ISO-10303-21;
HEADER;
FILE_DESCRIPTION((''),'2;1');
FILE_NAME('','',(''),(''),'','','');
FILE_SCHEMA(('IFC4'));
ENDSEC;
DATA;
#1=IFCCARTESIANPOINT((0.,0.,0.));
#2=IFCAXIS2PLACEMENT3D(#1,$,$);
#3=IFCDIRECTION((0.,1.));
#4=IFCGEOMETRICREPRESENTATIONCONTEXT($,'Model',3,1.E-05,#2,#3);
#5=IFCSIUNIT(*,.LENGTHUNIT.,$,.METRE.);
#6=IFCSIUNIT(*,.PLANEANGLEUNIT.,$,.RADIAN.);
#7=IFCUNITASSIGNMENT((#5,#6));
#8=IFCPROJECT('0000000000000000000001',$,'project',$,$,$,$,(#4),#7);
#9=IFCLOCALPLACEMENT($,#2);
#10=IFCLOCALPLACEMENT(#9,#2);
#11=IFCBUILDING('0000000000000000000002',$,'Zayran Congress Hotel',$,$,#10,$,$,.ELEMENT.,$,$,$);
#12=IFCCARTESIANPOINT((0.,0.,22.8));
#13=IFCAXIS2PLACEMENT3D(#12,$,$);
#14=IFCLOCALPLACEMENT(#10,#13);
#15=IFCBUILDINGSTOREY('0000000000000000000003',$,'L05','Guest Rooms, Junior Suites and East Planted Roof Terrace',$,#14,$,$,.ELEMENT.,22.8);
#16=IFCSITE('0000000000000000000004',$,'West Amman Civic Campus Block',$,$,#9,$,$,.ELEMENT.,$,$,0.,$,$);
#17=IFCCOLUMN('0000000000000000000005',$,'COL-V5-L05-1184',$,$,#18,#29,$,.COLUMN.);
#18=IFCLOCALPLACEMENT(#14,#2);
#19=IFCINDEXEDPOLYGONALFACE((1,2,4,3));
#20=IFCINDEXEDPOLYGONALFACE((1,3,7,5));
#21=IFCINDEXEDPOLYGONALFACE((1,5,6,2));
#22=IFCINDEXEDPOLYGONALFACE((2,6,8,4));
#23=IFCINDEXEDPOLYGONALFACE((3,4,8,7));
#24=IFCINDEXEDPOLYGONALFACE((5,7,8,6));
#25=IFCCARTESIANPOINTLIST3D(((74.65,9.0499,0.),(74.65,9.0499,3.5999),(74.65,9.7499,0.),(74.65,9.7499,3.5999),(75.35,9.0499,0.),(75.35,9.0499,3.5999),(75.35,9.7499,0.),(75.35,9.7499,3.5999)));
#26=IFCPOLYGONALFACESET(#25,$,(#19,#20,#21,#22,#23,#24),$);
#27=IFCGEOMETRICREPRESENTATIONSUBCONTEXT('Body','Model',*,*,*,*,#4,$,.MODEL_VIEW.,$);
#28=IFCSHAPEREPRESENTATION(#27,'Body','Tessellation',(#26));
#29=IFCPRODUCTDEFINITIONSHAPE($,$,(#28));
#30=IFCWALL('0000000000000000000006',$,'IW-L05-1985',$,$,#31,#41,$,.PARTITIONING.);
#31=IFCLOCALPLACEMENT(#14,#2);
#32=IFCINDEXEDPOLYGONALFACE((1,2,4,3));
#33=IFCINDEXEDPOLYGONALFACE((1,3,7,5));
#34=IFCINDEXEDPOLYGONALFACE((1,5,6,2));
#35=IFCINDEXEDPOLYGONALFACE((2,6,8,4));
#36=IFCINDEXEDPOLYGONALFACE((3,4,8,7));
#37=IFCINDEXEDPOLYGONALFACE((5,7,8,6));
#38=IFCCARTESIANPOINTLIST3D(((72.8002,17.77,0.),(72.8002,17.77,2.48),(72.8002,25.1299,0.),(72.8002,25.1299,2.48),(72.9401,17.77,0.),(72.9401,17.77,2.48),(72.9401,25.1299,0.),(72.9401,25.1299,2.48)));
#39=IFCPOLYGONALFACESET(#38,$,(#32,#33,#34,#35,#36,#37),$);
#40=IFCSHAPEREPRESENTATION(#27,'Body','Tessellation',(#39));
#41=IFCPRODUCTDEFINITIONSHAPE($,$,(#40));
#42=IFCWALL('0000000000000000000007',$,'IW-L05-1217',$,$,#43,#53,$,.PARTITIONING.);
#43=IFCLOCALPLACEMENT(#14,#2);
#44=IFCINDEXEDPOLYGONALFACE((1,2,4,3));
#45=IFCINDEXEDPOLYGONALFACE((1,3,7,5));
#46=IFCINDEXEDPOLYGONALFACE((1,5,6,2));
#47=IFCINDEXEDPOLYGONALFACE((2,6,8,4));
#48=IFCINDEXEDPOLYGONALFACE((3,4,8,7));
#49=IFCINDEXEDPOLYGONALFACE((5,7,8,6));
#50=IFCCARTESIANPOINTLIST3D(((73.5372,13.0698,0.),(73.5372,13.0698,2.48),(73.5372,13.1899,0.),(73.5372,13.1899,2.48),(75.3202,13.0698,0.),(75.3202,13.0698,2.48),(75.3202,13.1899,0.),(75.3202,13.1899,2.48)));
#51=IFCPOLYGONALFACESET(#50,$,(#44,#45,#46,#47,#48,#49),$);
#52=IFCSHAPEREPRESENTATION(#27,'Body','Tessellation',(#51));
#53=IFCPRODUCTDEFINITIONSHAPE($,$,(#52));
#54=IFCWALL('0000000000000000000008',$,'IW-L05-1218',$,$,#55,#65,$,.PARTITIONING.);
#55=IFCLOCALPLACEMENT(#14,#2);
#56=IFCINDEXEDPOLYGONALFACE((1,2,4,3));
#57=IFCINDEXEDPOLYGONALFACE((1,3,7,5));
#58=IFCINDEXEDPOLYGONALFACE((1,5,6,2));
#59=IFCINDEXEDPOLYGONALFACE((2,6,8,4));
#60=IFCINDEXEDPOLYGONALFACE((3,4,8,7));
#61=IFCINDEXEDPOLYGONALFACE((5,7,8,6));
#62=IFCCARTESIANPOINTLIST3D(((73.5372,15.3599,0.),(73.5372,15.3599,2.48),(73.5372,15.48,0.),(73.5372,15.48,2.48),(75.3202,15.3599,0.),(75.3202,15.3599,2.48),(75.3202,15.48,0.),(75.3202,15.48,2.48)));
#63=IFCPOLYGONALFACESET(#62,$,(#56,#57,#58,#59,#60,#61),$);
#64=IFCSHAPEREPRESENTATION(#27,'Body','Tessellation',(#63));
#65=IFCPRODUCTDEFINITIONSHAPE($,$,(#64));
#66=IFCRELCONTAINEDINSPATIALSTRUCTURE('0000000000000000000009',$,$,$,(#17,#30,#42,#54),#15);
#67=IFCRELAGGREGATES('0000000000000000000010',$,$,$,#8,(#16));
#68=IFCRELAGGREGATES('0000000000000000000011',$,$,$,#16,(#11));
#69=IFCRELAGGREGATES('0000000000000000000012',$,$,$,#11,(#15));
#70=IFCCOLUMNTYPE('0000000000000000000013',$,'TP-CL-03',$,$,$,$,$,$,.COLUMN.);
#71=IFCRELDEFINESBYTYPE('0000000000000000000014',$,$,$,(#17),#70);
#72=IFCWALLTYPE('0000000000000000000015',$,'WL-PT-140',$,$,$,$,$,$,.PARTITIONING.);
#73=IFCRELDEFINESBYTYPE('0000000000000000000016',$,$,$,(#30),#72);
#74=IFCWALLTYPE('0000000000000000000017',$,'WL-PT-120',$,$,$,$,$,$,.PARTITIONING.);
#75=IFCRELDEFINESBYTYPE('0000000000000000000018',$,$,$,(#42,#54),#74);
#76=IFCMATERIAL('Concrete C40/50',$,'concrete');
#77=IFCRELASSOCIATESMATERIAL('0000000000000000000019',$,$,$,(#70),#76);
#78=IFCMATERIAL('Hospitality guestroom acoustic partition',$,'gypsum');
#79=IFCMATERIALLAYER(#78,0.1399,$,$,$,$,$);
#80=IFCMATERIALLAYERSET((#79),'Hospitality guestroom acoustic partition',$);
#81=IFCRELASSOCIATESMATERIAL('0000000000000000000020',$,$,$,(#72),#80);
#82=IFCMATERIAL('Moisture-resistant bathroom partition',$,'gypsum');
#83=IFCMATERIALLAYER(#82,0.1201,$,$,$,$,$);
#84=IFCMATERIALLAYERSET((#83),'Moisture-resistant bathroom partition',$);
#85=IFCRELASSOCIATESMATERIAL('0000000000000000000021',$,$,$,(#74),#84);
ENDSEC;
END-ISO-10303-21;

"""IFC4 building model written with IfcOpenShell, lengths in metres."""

from ifc_helpers import new_model, si_unit, direction, frame, frame_2d, origin, origin_2d, place, context, subcontext, project, spatial, rectangle, extrude, material, layer, layer_set, material_profile, profile_set, type_object, element, save


model = new_model("IFC4")

# Units and contexts
model_context = context("Model", 3, precision=1e-05, world=origin(), true_north=direction((0.0, 1.0)))
body_context = subcontext(model_context, "Body", "Model", "MODEL_VIEW")
ifc_project = project(units=[si_unit("LENGTHUNIT", "METRE"), si_unit("PLANEANGLEUNIT", "RADIAN")], contexts=[model_context])

# Site, building, storey
site_placement = place(None, origin())
site = spatial("IfcSite", under=ifc_project, at=site_placement, Name="West Amman Civic Campus Block", CompositionType="ELEMENT", RefElevation=0.0)
building_placement = place(site_placement, origin())
building = spatial("IfcBuilding", under=site, at=building_placement, Name="Zayran Congress Hotel", CompositionType="ELEMENT")
storey_placement = place(building_placement, frame((0.0, 0.0, 22.8)))
storey = spatial("IfcBuildingStorey", under=building, at=storey_placement, Name="L05", Description="Guest Rooms, Junior Suites and East Planted Roof Terrace", CompositionType="ELEMENT", Elevation=22.8)

# Column
ifc_material_1 = material(Name="Concrete C40/50", Category="concrete")
ifc_material_profile = material_profile(ifc_material_1, rectangle(XDim=0.7, YDim=0.7, at=origin_2d()), Name="RC 700x700")
ifc_profile_set = profile_set([ifc_material_profile], Name="Concrete C40/50")
column_type = type_object("IfcColumnType", Name="TP-CL-03", PredefinedType="COLUMN", material=ifc_profile_set)
column_placement = place(storey_placement, frame((75.0, 9.3999, 0.0), z_axis=(0.0, 0.0, 1.0), x_axis=(1.0, 0.0, 0.0)))
element("IfcColumn", 1, at=column_placement, inside=storey, type_object=column_type, Name="COL-V5-L05-1184", PredefinedType="COLUMN", context=body_context, shape_type="SweptSolid", body=[
    extrude(rectangle(XDim=0.7, YDim=0.7, at=origin_2d()), origin(), (0.0, 0.0, 1.0), 3.5999),
])

# Wall
ifc_material_2 = material(Name="Hospitality guestroom acoustic partition", Category="gypsum")
ifc_layer_1 = layer(ifc_material_2, 0.1399)
ifc_layer_set_1 = layer_set([ifc_layer_1], Name="Hospitality guestroom acoustic partition")
wall_type_1 = type_object("IfcWallType", Name="WL-PT-140", PredefinedType="PARTITIONING", material=ifc_layer_set_1)
wall_1_placement = place(storey_placement, frame((72.8701, 17.77, 0.0), z_axis=(0.0, 0.0, 1.0), x_axis=(0.0, 1.0, 0.0)))
element("IfcWall", 2, at=wall_1_placement, inside=storey, type_object=wall_type_1, Name="IW-L05-1985", PredefinedType="PARTITIONING", context=body_context, shape_type="SweptSolid", body=[
    extrude(rectangle(XDim=7.3599, YDim=0.1399, at=frame_2d((3.6799, 0.0))), origin(), (0.0, 0.0, 1.0), 2.48),
])

# Shared definitions
ifc_material_3 = material(Name="Moisture-resistant bathroom partition", Category="gypsum")
ifc_layer_2 = layer(ifc_material_3, 0.1201)
ifc_layer_set_2 = layer_set([ifc_layer_2], Name="Moisture-resistant bathroom partition")
wall_type_2 = type_object("IfcWallType", Name="WL-PT-120", PredefinedType="PARTITIONING", material=ifc_layer_set_2)

# Walls
for number, where, z_axis, x_axis, name in (
    (3, (73.5371, 13.1299, 0.0), (0.0, 0.0, 1.0), (1.0, 0.0, 0.0), "IW-L05-1217"),
    (4, (73.5371, 15.4199, 0.0), (0.0, 0.0, 1.0), (1.0, 0.0, 0.0), "IW-L05-1218"),
):
    element("IfcWall", number, at=place(storey_placement, frame(where, z_axis=z_axis, x_axis=x_axis)), inside=storey, type_object=wall_type_2, Name=name, PredefinedType="PARTITIONING", context=body_context, shape_type="SweptSolid", body=[
        extrude(rectangle(XDim=1.783, YDim=0.1201, at=frame_2d((0.8916, 0.0))), origin(), (0.0, 0.0, 1.0), 2.48),
    ])

save(model, "model.ifc")
